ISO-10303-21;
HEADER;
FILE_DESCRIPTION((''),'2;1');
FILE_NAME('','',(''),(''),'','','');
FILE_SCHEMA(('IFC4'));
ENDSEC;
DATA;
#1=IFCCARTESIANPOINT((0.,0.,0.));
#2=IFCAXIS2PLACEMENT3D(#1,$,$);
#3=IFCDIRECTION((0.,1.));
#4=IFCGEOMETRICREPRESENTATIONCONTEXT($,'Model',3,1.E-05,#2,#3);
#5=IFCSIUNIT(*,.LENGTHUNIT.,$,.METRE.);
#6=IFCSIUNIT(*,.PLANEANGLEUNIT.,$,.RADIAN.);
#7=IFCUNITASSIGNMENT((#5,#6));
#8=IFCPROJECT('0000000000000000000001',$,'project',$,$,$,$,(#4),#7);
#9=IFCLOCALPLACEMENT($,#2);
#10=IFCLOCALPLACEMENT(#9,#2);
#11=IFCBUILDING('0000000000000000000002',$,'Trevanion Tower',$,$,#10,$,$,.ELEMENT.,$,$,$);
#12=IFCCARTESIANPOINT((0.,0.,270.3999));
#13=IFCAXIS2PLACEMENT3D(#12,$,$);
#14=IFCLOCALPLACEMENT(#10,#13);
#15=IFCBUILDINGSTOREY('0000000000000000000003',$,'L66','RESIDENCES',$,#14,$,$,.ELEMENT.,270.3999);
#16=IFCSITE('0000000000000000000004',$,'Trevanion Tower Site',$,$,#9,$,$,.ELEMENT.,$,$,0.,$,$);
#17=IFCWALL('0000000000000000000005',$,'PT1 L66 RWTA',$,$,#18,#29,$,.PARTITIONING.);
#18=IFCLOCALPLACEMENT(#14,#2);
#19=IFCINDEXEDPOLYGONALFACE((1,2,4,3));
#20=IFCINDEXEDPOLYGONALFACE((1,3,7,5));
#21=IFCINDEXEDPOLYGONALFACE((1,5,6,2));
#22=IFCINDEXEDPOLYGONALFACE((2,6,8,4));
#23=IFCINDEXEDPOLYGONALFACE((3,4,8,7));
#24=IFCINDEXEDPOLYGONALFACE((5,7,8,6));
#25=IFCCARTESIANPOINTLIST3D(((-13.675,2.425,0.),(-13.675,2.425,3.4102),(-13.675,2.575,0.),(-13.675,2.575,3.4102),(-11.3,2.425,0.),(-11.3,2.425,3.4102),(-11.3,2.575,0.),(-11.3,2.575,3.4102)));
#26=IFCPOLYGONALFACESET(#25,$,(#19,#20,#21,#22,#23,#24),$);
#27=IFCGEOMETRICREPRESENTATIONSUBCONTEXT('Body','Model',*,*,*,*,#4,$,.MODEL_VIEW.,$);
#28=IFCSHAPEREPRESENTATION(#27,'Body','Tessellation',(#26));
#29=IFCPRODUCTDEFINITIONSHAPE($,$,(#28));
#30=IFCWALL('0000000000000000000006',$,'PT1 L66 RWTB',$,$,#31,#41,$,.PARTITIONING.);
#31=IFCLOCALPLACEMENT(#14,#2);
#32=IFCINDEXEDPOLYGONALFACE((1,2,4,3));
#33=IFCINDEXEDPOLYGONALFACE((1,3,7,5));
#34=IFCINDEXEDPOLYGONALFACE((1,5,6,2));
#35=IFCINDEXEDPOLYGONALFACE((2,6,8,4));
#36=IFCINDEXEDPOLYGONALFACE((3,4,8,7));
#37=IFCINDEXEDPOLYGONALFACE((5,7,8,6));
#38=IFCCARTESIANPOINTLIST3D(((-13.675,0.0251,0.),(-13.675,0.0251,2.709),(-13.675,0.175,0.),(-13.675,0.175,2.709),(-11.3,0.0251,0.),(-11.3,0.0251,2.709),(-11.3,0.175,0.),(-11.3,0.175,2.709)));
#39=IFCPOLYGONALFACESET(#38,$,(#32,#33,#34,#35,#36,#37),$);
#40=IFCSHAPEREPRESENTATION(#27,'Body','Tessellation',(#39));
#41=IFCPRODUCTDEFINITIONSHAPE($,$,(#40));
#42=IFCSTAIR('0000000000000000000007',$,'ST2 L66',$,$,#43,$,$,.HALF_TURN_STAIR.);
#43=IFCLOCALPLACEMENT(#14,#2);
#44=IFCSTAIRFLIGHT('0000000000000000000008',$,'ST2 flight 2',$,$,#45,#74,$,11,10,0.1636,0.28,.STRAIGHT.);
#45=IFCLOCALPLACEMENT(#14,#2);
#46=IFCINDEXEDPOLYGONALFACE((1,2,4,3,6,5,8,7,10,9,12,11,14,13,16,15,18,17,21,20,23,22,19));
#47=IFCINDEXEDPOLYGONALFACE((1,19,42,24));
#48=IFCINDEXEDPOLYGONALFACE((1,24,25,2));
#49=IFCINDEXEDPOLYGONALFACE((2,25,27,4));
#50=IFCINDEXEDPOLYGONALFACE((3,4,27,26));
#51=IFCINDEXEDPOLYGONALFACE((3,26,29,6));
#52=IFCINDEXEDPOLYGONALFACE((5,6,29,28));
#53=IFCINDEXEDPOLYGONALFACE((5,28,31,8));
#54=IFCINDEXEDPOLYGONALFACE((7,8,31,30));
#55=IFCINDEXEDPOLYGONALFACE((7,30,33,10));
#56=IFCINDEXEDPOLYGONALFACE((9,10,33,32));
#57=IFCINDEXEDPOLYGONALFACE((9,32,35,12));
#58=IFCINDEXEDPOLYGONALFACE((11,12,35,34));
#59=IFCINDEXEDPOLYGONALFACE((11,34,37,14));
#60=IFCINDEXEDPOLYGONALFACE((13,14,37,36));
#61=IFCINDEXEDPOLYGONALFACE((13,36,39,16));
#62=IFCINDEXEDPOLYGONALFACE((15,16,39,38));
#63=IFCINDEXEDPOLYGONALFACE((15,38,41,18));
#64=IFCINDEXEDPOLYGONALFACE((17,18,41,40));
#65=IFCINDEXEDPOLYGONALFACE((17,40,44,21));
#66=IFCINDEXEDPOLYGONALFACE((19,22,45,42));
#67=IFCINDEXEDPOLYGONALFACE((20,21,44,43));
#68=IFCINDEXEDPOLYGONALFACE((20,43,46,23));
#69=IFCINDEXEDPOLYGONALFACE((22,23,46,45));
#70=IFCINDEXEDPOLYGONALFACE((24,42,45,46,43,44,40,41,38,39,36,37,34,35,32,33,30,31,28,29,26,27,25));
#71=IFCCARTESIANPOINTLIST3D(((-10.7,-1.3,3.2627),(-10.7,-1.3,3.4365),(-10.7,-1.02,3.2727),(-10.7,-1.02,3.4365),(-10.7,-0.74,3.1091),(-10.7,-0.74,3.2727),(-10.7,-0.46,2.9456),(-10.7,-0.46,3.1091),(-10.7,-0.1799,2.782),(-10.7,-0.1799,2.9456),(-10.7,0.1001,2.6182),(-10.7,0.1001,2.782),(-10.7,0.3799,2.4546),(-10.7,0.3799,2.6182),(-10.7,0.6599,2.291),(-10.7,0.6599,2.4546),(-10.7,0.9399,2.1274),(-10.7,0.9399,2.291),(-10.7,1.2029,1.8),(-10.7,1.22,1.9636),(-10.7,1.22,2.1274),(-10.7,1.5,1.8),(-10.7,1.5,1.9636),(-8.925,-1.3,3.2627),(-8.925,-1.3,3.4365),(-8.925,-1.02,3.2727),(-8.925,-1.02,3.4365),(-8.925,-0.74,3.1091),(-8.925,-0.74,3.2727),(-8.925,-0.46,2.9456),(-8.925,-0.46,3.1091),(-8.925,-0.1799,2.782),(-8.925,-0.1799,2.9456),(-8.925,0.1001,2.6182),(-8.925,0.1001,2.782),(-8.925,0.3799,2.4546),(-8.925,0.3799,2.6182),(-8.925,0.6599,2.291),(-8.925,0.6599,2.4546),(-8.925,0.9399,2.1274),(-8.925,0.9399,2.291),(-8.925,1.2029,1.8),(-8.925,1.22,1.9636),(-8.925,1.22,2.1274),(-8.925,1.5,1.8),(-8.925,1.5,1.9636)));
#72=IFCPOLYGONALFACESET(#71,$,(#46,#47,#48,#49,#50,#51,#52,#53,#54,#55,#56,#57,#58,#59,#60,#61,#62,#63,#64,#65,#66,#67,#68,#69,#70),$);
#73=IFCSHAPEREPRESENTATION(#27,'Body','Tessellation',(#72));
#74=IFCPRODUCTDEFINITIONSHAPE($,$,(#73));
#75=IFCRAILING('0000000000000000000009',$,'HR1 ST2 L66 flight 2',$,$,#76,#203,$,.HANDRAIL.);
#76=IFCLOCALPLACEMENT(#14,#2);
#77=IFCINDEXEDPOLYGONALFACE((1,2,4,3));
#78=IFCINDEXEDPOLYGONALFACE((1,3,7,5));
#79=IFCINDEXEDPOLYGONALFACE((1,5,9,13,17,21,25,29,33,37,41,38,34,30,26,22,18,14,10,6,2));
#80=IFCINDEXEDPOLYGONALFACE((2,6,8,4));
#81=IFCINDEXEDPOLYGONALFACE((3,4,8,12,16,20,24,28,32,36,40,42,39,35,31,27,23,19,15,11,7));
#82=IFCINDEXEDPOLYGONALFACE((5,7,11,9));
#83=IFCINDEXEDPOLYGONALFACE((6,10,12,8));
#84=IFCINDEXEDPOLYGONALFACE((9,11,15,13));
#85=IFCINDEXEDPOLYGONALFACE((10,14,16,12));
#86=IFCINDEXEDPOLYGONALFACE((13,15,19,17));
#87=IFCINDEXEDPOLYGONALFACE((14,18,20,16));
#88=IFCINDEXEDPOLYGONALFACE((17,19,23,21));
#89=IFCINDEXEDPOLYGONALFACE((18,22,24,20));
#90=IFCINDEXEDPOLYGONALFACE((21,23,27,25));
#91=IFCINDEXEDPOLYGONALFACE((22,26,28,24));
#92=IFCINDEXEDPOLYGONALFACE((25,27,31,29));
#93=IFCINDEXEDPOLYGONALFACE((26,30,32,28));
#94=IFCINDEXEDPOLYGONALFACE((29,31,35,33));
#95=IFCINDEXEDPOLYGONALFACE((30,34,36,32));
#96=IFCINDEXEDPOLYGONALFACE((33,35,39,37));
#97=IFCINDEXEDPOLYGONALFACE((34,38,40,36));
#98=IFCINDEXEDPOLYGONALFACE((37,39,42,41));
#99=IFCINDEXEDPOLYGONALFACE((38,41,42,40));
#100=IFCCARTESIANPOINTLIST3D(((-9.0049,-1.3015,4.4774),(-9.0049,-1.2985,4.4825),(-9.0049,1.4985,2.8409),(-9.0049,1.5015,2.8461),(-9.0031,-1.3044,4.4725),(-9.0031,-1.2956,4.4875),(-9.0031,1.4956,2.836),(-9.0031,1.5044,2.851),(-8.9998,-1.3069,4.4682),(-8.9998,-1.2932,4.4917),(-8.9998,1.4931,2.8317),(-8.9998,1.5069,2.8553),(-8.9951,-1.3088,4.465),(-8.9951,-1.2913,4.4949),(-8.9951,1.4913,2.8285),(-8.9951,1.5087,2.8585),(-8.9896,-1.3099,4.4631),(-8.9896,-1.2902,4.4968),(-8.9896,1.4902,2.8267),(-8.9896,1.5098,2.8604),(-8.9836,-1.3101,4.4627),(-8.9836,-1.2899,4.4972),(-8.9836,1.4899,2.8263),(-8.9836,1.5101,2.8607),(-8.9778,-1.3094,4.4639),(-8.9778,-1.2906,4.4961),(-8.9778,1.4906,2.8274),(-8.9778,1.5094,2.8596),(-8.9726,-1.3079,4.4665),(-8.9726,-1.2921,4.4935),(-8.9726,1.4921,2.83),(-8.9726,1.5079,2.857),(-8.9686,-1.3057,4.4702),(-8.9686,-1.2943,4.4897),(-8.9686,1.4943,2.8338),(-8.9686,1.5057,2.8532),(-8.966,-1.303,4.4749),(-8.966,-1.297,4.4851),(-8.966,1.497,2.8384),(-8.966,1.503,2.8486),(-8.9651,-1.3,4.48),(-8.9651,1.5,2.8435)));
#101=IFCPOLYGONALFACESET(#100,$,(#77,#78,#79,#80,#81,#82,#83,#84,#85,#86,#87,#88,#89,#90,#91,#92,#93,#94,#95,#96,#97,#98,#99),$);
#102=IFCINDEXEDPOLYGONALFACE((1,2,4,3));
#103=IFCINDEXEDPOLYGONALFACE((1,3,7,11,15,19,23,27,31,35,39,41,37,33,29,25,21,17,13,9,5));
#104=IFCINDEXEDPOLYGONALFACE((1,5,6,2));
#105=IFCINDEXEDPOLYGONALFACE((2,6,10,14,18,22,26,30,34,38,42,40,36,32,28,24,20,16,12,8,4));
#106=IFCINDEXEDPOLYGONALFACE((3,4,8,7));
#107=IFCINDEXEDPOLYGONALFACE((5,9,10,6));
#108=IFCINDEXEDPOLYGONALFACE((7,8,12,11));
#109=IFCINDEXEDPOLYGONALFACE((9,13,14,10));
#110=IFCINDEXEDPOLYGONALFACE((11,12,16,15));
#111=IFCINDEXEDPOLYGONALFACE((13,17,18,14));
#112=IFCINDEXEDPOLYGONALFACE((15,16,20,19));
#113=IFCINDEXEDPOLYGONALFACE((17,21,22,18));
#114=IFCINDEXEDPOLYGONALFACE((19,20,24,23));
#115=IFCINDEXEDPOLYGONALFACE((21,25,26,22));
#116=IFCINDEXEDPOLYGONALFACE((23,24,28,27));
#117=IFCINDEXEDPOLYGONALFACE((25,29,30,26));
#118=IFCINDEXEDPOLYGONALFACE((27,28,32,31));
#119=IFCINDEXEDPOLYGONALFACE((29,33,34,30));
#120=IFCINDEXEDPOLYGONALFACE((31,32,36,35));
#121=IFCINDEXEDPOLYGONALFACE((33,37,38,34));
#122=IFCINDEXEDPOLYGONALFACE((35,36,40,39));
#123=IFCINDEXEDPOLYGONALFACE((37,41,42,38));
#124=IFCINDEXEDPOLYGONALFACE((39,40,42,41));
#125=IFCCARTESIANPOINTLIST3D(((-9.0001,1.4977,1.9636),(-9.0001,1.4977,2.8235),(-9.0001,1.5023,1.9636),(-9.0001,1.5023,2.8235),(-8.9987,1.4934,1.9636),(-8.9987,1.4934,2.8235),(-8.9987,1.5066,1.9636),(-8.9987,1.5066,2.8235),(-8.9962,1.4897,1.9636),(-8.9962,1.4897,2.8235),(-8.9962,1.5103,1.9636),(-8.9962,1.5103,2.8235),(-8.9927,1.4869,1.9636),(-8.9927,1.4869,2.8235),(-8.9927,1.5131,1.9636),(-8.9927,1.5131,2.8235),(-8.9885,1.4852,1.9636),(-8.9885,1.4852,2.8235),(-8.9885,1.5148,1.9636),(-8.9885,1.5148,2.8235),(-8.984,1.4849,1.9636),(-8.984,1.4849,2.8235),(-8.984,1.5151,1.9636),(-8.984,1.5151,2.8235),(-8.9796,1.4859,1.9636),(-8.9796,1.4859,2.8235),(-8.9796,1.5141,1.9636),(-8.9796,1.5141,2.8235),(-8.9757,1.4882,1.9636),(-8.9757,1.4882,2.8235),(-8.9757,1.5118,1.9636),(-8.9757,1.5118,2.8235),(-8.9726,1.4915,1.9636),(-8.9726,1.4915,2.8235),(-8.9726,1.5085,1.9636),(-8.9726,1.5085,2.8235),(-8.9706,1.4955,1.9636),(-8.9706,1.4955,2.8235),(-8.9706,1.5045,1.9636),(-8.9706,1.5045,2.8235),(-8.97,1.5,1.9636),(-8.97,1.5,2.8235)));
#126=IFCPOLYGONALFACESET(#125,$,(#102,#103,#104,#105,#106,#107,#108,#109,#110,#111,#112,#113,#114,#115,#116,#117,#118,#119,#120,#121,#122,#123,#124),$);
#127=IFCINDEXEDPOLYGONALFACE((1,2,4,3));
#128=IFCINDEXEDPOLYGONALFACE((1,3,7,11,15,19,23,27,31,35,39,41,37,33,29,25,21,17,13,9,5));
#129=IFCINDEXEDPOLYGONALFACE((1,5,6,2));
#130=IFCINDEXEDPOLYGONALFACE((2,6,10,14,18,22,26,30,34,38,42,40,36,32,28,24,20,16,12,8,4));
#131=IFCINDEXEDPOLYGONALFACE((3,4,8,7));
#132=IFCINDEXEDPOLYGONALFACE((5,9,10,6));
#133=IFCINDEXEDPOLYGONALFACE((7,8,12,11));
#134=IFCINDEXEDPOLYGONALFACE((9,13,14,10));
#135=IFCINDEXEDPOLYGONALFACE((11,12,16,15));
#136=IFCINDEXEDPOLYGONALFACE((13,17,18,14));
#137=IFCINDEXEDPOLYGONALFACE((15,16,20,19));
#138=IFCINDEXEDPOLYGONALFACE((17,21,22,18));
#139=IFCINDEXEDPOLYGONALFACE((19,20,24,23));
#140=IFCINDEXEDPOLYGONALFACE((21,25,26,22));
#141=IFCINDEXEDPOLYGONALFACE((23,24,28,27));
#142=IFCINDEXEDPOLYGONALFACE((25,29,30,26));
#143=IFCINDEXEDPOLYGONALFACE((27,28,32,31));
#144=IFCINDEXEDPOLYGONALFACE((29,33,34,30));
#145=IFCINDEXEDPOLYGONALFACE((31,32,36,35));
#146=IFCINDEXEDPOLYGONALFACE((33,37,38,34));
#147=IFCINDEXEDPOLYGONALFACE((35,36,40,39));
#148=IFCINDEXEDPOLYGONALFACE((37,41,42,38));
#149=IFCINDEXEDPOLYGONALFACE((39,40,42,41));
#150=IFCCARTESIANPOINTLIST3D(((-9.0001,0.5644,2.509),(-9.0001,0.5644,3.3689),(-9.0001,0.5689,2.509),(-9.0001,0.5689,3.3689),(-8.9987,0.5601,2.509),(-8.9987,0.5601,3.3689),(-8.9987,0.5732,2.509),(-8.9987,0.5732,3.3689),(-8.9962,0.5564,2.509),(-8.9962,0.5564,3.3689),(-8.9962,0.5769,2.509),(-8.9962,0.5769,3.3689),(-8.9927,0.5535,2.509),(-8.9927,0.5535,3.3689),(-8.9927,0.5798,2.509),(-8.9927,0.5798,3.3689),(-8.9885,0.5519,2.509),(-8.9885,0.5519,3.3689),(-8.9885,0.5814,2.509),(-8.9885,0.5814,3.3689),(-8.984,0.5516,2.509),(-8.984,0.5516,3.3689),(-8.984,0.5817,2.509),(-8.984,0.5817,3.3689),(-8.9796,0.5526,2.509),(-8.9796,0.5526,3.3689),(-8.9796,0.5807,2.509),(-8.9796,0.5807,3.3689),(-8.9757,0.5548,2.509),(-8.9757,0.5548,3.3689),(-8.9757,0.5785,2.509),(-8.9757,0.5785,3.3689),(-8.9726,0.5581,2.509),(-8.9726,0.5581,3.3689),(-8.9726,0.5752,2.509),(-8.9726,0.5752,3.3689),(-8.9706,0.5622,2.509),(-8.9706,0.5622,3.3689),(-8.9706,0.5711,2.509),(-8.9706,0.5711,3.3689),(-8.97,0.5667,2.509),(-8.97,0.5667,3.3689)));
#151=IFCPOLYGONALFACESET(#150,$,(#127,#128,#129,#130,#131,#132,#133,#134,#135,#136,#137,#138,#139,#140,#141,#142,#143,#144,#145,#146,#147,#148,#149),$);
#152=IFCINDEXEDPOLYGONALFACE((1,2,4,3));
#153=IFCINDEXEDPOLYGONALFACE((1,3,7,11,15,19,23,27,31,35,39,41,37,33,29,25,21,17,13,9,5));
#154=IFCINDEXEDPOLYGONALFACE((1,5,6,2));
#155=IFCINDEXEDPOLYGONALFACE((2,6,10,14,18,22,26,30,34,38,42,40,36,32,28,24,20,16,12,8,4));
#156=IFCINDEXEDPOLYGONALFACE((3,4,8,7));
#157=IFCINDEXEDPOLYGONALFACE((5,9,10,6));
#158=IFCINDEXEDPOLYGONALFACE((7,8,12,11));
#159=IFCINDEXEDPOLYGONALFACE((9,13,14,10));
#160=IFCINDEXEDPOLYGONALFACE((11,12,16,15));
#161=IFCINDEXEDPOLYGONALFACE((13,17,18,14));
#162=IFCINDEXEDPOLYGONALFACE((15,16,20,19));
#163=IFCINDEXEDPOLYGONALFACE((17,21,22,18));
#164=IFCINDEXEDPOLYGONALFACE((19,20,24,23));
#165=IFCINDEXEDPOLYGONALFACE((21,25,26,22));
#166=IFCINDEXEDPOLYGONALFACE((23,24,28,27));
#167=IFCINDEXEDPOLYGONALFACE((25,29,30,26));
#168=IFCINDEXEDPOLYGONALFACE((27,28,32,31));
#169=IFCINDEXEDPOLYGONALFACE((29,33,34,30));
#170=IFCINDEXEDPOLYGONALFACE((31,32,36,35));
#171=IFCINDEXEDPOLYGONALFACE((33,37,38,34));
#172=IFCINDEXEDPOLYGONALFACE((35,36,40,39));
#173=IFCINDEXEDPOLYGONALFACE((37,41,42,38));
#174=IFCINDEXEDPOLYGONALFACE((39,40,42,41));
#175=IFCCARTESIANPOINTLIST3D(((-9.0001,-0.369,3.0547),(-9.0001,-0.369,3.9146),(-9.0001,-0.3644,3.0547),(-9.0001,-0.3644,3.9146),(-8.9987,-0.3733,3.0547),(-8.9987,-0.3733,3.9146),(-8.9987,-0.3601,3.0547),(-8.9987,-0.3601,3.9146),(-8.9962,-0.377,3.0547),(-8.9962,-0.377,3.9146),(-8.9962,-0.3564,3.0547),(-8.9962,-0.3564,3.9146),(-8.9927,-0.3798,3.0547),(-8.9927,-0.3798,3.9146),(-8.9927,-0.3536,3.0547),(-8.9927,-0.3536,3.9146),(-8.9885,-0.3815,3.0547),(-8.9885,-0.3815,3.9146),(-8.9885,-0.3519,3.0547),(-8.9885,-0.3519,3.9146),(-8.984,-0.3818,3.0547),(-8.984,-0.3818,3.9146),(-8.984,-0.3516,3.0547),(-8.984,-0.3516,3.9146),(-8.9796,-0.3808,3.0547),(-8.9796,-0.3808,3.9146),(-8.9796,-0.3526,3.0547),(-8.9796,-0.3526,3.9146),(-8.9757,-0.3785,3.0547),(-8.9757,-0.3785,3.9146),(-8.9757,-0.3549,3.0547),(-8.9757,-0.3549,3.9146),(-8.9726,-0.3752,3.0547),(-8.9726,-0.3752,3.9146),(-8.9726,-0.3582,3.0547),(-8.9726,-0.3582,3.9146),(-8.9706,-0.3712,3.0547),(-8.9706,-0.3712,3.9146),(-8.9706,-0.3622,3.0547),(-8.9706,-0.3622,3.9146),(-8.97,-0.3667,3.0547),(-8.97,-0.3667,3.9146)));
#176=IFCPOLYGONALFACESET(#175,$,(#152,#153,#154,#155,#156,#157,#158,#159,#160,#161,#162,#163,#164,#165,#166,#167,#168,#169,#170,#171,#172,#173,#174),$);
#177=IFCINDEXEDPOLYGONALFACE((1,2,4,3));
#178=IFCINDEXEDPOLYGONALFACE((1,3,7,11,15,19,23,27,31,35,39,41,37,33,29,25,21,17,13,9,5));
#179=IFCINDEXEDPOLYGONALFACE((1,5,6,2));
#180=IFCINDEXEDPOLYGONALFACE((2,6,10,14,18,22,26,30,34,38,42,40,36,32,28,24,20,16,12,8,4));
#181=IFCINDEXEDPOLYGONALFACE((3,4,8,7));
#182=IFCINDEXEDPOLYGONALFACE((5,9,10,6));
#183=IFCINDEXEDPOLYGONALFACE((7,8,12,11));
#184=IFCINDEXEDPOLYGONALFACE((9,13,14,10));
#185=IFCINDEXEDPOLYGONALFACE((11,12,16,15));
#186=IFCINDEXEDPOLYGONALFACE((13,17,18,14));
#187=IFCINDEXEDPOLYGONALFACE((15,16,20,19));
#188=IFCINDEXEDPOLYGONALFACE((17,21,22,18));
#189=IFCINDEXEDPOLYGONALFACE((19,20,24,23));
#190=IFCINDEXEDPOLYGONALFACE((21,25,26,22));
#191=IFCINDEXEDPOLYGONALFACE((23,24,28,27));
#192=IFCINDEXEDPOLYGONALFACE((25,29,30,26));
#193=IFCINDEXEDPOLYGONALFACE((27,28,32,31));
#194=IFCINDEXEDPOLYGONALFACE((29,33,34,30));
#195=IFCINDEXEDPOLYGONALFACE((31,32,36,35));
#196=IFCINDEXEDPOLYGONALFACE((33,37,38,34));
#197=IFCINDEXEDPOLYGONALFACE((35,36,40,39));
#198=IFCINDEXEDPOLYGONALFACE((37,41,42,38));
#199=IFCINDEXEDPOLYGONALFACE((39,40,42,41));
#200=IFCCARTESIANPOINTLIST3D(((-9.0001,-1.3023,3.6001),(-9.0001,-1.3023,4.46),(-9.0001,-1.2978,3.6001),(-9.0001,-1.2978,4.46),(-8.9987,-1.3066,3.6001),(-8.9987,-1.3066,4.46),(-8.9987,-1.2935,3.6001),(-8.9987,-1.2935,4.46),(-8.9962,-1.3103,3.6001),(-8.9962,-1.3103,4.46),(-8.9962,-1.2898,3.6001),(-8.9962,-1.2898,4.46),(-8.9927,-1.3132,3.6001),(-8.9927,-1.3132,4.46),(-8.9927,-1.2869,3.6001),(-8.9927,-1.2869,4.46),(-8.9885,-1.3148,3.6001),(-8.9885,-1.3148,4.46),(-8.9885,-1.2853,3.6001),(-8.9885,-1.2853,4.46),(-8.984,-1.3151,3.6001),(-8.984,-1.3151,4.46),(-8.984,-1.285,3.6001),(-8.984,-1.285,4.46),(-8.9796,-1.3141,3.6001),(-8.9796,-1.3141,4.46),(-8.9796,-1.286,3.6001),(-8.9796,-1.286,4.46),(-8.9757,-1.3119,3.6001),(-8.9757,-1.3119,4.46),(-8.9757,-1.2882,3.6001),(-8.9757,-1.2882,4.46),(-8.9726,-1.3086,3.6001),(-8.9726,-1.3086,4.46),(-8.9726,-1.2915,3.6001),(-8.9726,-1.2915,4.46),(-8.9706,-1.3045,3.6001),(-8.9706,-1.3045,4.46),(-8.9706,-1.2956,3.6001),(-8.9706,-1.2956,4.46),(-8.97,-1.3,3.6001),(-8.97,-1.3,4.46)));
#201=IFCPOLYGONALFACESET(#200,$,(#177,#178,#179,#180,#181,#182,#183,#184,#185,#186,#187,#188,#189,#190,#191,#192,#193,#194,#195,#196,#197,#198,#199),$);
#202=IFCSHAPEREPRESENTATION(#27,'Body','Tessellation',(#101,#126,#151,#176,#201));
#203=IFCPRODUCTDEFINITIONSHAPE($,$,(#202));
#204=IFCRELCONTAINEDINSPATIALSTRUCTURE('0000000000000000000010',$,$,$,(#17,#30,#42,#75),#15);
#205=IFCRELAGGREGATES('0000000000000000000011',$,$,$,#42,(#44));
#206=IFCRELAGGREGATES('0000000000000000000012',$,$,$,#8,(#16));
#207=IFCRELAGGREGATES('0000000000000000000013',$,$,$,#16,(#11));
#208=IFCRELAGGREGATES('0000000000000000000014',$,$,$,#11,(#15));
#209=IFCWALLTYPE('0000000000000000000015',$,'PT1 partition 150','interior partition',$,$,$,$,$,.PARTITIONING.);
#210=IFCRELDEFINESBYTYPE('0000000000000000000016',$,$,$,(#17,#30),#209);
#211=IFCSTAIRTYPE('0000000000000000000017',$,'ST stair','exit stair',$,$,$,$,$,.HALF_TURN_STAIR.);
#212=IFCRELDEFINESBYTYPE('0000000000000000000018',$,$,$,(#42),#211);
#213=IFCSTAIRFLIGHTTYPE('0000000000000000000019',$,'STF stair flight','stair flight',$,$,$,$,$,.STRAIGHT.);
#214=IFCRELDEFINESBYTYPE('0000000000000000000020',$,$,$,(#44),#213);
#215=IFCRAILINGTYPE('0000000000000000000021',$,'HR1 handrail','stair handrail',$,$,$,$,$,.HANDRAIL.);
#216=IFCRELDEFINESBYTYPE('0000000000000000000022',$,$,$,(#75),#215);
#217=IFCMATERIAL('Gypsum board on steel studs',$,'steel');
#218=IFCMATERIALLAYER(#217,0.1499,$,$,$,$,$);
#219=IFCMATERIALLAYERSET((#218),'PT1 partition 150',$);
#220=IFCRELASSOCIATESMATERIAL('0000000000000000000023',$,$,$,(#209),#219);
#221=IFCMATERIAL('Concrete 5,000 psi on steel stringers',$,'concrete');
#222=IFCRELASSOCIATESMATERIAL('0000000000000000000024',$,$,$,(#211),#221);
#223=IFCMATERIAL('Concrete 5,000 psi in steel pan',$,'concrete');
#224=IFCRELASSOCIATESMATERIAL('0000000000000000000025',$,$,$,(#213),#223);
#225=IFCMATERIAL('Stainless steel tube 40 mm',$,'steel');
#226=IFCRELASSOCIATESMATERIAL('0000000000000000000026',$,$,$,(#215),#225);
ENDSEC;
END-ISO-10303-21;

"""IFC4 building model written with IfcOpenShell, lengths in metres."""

from ifc_helpers import new_model, si_unit, direction, frame, frame_2d, origin, origin_2d, place, context, subcontext, project, spatial, polyline, rectangle, circle, outline, extrude, material, layer, layer_set, type_object, element, aggregate, save


model = new_model("IFC4")

# Units and contexts
model_context = context("Model", 3, precision=1e-05, world=origin(), true_north=direction((0.0, 1.0)))
body_context = subcontext(model_context, "Body", "Model", "MODEL_VIEW")
ifc_project = project(units=[si_unit("LENGTHUNIT", "METRE"), si_unit("PLANEANGLEUNIT", "RADIAN")], contexts=[model_context])

# Site, building, storey
site_placement = place(None, origin())
site = spatial("IfcSite", under=ifc_project, at=site_placement, Name="Trevanion Tower Site", CompositionType="ELEMENT", RefElevation=0.0)
building_placement = place(site_placement, origin())
building = spatial("IfcBuilding", under=site, at=building_placement, Name="Trevanion Tower", CompositionType="ELEMENT")
storey_placement = place(building_placement, frame((0.0, 0.0, 270.3999)))
storey = spatial("IfcBuildingStorey", under=building, at=storey_placement, Name="L66", Description="RESIDENCES", CompositionType="ELEMENT", Elevation=270.3999)

# Shared definitions
ifc_material_1 = material(Name="Gypsum board on steel studs", Category="steel")
ifc_layer_1 = layer(ifc_material_1, 0.1499)
ifc_layer_set_1 = layer_set([ifc_layer_1], Name="PT1 partition 150")
wall_type = type_object("IfcWallType", Name="PT1 partition 150", Description="interior partition", PredefinedType="PARTITIONING", material=ifc_layer_set_1)

# Walls
wall_1_placement = place(storey_placement, frame((-11.3, 2.5, 0.0), z_axis=(0.0, 0.0, 1.0), x_axis=(-1.0, 0.0, 0.0)))
element("IfcWall", 1, at=wall_1_placement, inside=storey, type_object=wall_type, Name="PT1 L66 RWTA", PredefinedType="PARTITIONING", context=body_context, shape_type="SweptSolid", body=[
    extrude(rectangle(XDim=2.375, YDim=0.1499, at=frame_2d((1.1875, 0.0))), origin(), (0.0, 0.0, 1.0), 3.4102),
])
wall_2_placement = place(storey_placement, frame((-11.3, 0.1001, 0.0), z_axis=(0.0, 0.0, 1.0), x_axis=(-1.0, 0.0, 0.0)))
element("IfcWall", 2, at=wall_2_placement, inside=storey, type_object=wall_type, Name="PT1 L66 RWTB", PredefinedType="PARTITIONING", context=body_context, shape_type="SweptSolid", body=[
    extrude(rectangle(XDim=2.375, YDim=0.1499, at=frame_2d((1.1875, 0.0))), origin(), (0.0, 0.0, 1.0), 2.709),
])

# Stair, stair flight
ifc_material_2 = material(Name="Concrete 5,000 psi on steel stringers", Category="concrete")
stair_type = type_object("IfcStairType", Name="ST stair", Description="exit stair", PredefinedType="HALF_TURN_STAIR", material=ifc_material_2)
stair_placement = place(storey_placement, origin())
stair = element("IfcStair", 3, at=stair_placement, inside=storey, type_object=stair_type, Name="ST2 L66", PredefinedType="HALF_TURN_STAIR")
ifc_material_3 = material(Name="Concrete 5,000 psi in steel pan", Category="concrete")
stair_flight_type = type_object("IfcStairFlightType", Name="STF stair flight", Description="stair flight", PredefinedType="STRAIGHT", material=ifc_material_3)
stair_flight_placement = place(storey_placement, frame((-9.8125, 1.5, 1.8), z_axis=(0.0, 0.0, 1.0), x_axis=(0.0, -1.0, 0.0)))
stair_flight = element("IfcStairFlight", 4, at=stair_flight_placement, type_object=stair_flight_type, Name="ST2 flight 2", NumberOfRisers=11, NumberOfTreads=10, PredefinedType="STRAIGHT", RiserHeight=0.1636, TreadLength=0.28, context=body_context, shape_type="SweptSolid", body=[
    extrude(outline(polyline([(0.0, 0.0), (0.0, 0.1636), (0.28, 0.1636), (0.28, 0.3274), (0.5601, 0.3274), (0.5601, 0.491), (0.8401, 0.491), (0.8401, 0.6545), (1.1201, 0.6545), (1.1201, 0.8181), (1.3999, 0.8181), (1.3999, 0.9819), (1.6799, 0.9819), (1.6799, 1.1455), (1.96, 1.1455), (1.96, 1.3091), (2.24, 1.3091), (2.24, 1.4727), (2.52, 1.4727), (2.52, 1.6365), (2.8, 1.6365), (2.8, 1.8), (2.8, 1.4626), (0.2971, 0.0), (0.0, 0.0)])), frame((0.0, 0.8875, 0.0), z_axis=(0.0, -1.0, 0.0), x_axis=(1.0, 0.0, 0.0)), (0.0, 0.0, 1.0), 1.7749),
])
aggregate(stair, [stair_flight])

# Railing
ifc_material_4 = material(Name="Stainless steel tube 40 mm", Category="steel")
railing_type = type_object("IfcRailingType", Name="HR1 handrail", Description="stair handrail", PredefinedType="HANDRAIL", material=ifc_material_4)
for number, where, name in (
    (5, (-8.9851, 1.5, 1.9636), "HR1 ST2 L66 flight 2"),
):
    element("IfcRailing", number, at=place(storey_placement, frame(where)), inside=storey, type_object=railing_type, Name=name, PredefinedType="HANDRAIL", context=body_context, shape_type="SweptSolid", body=[
        extrude(circle(Radius=0.02, at=origin_2d()), frame((0.0, 0.0, 0.8799), z_axis=(0.0, -0.863361, 0.504587), x_axis=(1.0, 0.0, 0.0)), (0.0, 0.0, 1.0), 3.2432),
        extrude(circle(Radius=0.0151, at=origin_2d()), origin(), (0.0, 0.0, 1.0), 0.8599),
        extrude(circle(Radius=0.0151, at=origin_2d()), frame((0.0, -0.9333, 0.5454)), (0.0, 0.0, 1.0), 0.8599),
        extrude(circle(Radius=0.0151, at=origin_2d()), frame((0.0, -1.8667, 1.0911)), (0.0, 0.0, 1.0), 0.8599),
        extrude(circle(Radius=0.0151, at=origin_2d()), frame((0.0, -2.8, 1.6365)), (0.0, 0.0, 1.0), 0.8599),
    ])

save(model, "model.ifc")
